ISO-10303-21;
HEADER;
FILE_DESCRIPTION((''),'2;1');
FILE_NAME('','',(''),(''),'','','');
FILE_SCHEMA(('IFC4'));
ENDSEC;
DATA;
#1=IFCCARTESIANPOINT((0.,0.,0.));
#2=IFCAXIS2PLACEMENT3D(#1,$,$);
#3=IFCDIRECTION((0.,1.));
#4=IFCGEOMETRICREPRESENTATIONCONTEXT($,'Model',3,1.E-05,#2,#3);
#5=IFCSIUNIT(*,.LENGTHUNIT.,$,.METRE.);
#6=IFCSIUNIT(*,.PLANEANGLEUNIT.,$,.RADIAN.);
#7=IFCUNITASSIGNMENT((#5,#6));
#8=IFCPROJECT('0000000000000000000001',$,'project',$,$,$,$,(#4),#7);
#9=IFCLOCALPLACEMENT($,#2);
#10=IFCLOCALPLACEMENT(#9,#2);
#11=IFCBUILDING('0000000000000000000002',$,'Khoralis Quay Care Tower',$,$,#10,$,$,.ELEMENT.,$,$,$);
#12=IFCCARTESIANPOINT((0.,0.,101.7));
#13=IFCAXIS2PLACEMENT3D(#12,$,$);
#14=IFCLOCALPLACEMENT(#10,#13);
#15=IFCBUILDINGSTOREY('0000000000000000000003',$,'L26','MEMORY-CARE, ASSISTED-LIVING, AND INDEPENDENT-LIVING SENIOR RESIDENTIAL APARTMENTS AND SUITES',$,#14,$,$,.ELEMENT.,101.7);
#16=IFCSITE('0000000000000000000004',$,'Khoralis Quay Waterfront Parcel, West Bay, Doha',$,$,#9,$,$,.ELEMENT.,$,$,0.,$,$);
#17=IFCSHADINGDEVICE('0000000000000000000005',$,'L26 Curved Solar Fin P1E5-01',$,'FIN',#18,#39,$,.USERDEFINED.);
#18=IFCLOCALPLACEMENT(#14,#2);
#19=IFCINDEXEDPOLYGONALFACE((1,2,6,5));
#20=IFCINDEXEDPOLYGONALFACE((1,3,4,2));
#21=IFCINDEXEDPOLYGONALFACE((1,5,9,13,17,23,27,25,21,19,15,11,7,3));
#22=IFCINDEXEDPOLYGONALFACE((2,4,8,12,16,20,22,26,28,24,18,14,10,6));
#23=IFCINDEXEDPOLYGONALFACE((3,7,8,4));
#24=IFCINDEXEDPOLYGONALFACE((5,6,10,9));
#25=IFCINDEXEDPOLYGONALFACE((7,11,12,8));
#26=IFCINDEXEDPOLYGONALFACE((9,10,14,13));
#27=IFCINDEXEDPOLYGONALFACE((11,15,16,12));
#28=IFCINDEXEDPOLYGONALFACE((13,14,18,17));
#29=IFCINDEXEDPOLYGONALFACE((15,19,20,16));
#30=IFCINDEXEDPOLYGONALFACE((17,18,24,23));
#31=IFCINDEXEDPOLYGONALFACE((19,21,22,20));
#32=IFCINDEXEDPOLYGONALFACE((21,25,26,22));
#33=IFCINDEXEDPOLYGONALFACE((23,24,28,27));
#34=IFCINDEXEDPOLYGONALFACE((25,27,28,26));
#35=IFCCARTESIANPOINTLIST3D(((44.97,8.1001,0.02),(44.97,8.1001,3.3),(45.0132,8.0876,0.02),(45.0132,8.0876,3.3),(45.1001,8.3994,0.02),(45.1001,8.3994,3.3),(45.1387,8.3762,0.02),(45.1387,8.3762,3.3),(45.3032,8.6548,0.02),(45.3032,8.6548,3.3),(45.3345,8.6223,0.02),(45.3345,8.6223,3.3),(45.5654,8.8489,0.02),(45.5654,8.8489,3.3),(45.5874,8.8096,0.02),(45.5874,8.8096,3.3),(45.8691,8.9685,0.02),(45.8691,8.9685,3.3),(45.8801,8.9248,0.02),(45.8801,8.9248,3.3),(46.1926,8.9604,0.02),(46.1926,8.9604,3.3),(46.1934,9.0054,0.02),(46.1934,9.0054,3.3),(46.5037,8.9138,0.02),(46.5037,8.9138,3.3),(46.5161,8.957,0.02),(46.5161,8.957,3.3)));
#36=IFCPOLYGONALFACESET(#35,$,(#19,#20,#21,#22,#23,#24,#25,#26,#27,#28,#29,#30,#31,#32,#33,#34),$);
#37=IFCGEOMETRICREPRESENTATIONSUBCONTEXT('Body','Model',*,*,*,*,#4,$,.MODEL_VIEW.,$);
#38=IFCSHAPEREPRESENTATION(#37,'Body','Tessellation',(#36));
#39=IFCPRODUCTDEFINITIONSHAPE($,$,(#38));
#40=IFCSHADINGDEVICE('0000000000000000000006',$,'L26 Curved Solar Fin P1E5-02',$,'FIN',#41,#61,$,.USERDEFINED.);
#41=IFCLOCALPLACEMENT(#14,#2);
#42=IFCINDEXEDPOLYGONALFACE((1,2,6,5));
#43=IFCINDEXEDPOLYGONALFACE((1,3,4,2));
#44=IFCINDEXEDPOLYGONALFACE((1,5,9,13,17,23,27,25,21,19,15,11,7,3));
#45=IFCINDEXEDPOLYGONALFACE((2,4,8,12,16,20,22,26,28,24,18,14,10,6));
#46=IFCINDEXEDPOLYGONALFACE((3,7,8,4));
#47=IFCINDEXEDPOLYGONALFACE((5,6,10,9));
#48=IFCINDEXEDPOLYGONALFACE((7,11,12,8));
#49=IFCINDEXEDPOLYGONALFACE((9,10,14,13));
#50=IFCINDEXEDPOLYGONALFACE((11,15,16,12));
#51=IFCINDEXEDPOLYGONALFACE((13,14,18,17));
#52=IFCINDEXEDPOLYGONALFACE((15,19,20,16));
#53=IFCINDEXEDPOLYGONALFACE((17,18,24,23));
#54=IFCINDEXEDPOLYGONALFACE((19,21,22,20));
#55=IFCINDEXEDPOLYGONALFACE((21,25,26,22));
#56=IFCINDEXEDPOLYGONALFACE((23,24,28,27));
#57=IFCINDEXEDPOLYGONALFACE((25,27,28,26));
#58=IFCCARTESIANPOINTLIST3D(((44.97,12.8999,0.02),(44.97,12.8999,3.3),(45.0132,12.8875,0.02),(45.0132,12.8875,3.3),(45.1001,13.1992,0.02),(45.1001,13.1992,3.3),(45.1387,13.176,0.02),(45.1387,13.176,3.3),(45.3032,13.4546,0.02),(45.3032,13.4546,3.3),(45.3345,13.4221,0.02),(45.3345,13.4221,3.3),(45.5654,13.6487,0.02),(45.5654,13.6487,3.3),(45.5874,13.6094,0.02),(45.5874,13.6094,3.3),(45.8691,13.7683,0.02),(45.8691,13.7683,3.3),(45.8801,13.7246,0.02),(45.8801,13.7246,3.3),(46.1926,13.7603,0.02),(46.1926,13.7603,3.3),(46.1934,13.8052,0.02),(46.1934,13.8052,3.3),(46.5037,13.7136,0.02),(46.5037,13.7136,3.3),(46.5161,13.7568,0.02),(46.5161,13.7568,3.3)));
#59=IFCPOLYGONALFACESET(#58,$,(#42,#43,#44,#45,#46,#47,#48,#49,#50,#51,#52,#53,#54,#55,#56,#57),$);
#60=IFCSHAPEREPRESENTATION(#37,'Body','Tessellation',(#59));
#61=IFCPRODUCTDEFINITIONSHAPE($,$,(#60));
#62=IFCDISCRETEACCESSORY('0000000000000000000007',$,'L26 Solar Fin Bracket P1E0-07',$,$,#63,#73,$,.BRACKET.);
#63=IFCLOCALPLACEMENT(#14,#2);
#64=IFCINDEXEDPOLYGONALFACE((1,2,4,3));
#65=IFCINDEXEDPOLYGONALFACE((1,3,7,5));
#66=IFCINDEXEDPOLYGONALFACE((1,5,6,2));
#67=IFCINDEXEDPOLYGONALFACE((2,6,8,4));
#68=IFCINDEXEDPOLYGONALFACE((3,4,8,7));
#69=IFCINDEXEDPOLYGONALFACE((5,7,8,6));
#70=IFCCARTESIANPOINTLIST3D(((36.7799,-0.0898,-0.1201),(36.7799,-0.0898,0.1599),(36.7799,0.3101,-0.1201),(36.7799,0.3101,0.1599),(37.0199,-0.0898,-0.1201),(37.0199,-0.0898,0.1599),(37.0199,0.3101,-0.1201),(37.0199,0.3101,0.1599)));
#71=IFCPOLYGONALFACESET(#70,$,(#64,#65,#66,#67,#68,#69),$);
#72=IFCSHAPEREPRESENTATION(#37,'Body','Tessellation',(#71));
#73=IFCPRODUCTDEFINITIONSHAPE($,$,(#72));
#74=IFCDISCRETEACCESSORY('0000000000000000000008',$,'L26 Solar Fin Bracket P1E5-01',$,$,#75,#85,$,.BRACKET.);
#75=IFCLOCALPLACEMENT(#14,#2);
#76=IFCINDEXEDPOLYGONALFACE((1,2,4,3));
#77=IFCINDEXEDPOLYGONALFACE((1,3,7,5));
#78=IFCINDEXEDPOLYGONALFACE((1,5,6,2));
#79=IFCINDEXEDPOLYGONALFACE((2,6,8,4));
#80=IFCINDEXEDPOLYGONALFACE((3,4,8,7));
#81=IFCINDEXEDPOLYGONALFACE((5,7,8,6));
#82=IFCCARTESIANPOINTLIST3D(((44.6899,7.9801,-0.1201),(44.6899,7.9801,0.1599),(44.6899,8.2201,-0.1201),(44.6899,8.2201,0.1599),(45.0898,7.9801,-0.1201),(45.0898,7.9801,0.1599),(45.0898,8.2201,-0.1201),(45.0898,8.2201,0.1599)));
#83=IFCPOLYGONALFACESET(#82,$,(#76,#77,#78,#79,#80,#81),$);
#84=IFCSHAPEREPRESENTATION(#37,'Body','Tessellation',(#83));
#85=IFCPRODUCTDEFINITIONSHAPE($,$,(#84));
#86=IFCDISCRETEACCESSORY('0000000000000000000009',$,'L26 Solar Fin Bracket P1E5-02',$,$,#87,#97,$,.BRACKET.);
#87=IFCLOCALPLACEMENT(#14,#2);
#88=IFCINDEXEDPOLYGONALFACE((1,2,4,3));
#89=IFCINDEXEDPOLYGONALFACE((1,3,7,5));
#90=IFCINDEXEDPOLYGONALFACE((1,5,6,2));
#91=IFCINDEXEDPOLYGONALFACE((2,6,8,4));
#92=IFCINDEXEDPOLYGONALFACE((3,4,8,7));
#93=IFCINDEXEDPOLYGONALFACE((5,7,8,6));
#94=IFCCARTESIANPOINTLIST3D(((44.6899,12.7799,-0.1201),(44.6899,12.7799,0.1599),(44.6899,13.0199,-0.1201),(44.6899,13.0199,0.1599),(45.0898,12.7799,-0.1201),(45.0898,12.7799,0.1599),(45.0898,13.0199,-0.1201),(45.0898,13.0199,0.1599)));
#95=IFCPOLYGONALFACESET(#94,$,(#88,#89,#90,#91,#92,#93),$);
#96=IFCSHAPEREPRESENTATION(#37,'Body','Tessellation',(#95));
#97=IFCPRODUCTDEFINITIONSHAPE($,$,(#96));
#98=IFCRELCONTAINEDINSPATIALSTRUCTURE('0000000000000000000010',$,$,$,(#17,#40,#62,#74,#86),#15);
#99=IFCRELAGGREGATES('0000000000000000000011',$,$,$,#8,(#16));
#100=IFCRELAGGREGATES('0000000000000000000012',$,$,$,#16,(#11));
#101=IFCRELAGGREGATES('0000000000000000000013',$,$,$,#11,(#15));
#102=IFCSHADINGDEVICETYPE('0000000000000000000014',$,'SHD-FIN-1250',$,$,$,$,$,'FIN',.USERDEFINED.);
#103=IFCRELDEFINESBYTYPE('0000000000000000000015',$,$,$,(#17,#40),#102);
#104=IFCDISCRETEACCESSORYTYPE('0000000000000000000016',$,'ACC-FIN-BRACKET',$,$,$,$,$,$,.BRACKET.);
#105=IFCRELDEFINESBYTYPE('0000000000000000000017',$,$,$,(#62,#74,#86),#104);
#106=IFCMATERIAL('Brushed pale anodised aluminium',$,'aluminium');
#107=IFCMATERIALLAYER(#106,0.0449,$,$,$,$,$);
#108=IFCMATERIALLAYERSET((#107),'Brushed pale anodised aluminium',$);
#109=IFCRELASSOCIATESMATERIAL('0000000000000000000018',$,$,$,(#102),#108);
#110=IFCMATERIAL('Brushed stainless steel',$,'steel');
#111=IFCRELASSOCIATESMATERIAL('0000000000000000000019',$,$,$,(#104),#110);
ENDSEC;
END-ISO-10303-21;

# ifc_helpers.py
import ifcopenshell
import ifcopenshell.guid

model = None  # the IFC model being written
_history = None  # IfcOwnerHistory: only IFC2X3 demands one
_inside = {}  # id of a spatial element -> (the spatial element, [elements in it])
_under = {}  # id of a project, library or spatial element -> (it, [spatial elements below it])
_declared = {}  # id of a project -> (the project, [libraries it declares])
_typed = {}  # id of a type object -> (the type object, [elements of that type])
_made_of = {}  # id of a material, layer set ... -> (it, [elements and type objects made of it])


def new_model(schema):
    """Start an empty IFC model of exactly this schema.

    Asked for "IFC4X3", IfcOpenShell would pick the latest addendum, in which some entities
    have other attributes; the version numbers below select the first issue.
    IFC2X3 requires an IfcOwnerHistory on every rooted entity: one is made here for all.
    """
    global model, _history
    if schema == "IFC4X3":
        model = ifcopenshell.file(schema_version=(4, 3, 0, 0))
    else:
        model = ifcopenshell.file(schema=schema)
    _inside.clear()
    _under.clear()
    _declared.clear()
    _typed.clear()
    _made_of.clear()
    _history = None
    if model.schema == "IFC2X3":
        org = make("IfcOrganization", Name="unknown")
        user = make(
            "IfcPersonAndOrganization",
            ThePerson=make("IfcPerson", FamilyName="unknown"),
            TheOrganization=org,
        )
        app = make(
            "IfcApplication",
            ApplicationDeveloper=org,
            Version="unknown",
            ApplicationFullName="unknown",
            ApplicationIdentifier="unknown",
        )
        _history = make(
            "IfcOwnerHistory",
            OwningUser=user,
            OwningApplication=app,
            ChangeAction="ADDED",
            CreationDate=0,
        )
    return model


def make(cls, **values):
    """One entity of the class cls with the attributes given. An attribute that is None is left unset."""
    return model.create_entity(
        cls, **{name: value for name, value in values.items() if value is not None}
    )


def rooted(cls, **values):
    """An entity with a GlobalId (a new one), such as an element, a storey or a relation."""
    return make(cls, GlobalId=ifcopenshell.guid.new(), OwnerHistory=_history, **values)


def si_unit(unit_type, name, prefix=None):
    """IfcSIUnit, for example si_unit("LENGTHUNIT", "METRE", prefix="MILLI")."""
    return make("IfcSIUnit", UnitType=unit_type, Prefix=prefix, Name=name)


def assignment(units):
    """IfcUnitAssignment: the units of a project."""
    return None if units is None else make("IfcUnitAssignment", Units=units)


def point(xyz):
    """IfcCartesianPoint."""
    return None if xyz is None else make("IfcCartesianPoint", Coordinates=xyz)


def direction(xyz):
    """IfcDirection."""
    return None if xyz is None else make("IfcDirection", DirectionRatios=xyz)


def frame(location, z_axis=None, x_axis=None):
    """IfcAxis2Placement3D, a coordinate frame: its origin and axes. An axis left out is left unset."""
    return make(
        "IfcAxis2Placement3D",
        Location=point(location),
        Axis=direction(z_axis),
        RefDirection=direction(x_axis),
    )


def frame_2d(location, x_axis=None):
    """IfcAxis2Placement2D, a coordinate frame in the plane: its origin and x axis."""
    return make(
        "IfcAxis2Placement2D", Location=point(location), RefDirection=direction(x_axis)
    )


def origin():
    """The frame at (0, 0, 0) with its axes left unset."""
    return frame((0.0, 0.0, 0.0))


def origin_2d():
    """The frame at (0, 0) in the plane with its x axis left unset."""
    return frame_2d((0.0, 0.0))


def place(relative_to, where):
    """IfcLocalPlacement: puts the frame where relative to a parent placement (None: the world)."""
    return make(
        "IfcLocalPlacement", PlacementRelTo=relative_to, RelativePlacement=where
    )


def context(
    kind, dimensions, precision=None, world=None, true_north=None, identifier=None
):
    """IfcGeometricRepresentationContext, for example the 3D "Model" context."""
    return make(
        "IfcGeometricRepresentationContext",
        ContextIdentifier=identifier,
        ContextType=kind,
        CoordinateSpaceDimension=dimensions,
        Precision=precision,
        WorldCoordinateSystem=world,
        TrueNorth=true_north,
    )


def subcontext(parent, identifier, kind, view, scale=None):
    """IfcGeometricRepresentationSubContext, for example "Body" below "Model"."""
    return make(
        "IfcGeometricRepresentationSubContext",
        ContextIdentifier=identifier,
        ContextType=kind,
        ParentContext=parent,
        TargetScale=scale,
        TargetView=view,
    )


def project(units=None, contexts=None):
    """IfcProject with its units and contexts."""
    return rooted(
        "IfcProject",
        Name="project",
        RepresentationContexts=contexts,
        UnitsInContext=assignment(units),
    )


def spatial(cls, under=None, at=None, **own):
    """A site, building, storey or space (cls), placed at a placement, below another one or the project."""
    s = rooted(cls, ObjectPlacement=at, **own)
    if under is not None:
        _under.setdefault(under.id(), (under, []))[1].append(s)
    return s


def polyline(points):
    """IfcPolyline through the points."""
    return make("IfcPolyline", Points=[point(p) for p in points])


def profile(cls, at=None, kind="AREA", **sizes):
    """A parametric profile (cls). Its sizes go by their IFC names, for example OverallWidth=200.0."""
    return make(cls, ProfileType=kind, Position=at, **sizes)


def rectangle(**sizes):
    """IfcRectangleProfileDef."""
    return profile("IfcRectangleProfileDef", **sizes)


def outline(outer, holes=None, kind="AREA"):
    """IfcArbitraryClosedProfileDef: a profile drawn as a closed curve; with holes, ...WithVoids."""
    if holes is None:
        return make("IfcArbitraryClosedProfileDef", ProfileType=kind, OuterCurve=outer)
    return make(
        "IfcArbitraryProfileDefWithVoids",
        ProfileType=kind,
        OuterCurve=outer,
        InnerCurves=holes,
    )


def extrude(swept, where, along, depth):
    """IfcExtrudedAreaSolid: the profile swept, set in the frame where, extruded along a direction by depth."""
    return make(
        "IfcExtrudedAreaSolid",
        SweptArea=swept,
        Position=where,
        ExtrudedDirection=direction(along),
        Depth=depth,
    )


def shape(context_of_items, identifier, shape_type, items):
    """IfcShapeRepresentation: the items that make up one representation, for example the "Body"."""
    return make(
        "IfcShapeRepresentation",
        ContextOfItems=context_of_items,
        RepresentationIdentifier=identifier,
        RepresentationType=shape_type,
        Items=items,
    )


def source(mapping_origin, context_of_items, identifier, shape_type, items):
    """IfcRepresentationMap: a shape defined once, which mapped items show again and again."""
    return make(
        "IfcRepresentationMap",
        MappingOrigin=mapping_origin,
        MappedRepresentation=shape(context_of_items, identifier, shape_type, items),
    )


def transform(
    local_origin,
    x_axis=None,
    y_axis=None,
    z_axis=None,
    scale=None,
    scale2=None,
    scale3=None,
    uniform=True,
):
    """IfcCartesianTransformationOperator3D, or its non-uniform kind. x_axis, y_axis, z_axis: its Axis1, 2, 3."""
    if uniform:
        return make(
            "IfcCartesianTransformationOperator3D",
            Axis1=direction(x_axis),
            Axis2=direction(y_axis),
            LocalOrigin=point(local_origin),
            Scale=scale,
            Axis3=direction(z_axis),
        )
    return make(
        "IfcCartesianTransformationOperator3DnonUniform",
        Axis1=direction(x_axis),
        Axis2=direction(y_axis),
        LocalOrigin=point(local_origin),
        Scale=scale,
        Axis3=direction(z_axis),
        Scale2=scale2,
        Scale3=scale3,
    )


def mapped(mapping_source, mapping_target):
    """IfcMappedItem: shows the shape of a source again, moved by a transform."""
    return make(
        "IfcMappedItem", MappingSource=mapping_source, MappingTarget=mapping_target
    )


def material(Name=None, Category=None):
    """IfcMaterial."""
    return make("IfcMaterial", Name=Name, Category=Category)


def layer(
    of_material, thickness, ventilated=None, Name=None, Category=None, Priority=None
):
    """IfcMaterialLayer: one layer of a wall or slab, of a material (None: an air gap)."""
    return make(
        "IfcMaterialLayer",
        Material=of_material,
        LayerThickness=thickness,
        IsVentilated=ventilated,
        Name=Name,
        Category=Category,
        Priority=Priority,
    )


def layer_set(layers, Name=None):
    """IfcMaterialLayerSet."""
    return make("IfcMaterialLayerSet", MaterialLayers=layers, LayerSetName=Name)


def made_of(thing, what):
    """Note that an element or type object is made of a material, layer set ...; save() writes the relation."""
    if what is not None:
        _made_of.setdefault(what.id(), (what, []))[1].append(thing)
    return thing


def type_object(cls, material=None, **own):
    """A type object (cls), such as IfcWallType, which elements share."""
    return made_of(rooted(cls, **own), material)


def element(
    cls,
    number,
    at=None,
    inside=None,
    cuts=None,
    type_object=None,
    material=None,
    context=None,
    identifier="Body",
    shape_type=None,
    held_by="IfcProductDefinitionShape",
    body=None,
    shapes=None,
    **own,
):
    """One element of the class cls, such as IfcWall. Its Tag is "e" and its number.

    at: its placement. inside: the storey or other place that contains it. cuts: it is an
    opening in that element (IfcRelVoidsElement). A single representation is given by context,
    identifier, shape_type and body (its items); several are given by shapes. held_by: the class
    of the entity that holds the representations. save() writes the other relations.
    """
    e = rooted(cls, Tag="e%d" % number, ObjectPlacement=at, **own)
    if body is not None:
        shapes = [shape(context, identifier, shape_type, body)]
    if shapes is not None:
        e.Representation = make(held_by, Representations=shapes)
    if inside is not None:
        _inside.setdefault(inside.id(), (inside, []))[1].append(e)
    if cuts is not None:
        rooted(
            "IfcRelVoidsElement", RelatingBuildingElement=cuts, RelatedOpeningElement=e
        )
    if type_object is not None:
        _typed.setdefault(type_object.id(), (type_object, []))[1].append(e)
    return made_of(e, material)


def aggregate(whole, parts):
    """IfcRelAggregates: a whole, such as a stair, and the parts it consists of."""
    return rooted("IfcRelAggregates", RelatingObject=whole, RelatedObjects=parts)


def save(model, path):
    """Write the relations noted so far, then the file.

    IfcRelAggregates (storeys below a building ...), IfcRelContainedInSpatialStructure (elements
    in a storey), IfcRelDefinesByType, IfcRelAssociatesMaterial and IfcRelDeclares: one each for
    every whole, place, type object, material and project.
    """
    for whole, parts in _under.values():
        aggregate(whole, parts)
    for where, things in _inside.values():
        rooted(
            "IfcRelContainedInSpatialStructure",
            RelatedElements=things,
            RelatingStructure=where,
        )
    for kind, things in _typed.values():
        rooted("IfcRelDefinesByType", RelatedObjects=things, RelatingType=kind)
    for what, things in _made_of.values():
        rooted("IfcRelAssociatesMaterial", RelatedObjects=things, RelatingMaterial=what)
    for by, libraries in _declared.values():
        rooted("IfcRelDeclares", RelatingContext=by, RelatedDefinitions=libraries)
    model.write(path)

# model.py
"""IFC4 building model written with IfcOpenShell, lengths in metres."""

from ifc_helpers import new_model, si_unit, direction, frame, origin, origin_2d, place, context, subcontext, project, spatial, polyline, rectangle, outline, extrude, source, transform, mapped, material, layer, layer_set, type_object, element, save


model = new_model("IFC4")

# Units and contexts
model_context = context("Model", 3, precision=1e-05, world=origin(), true_north=direction((0.0, 1.0)))
body_context = subcontext(model_context, "Body", "Model", "MODEL_VIEW")
ifc_project = project(units=[si_unit("LENGTHUNIT", "METRE"), si_unit("PLANEANGLEUNIT", "RADIAN")], contexts=[model_context])

# Site, building, storey
site_placement = place(None, origin())
site = spatial("IfcSite", under=ifc_project, at=site_placement, Name="Khoralis Quay Waterfront Parcel, West Bay, Doha", CompositionType="ELEMENT", RefElevation=0.0)
building_placement = place(site_placement, origin())
building = spatial("IfcBuilding", under=site, at=building_placement, Name="Khoralis Quay Care Tower", CompositionType="ELEMENT")
storey_placement = place(building_placement, frame((0.0, 0.0, 101.7)))
storey = spatial("IfcBuildingStorey", under=building, at=storey_placement, Name="L26", Description="MEMORY-CARE, ASSISTED-LIVING, AND INDEPENDENT-LIVING SENIOR RESIDENTIAL APARTMENTS AND SUITES", CompositionType="ELEMENT", Elevation=101.7)

# Shading devices
ifc_material_1 = material(Name="Brushed pale anodised aluminium", Category="aluminium")
ifc_layer_1 = layer(ifc_material_1, 0.0449)
ifc_layer_set_1 = layer_set([ifc_layer_1], Name="Brushed pale anodised aluminium")
shading_device_type = type_object("IfcShadingDeviceType", Name="SHD-FIN-1250", ElementType="FIN", PredefinedType="USERDEFINED", material=ifc_layer_set_1)
shared_shape_1 = source(origin(), body_context, "Body", "SweptSolid", [
    extrude(outline(polyline([(0.0, 0.0), (0.1301, 0.2993), (0.3333, 0.5547), (0.5955, 0.7488), (0.8992, 0.8684), (1.2234, 0.9053), (1.5461, 0.8569), (1.5337, 0.8137), (1.2227, 0.8604), (0.9102, 0.8247), (0.6174, 0.7095), (0.3645, 0.5222), (0.1687, 0.2761), (0.0432, -0.0125), (0.0, 0.0)])), origin(), (0.0, 0.0, 1.0), 3.28),
])
for number, where, z_axis, x_axis, name in (
    (1, (44.97, 8.1001, 0.02), (0.0, 0.0, 1.0), (1.0, 0.0, 0.0), "L26 Curved Solar Fin P1E5-01"),
    (2, (44.97, 12.8999, 0.02), (0.0, 0.0, 1.0), (1.0, 0.0, 0.0), "L26 Curved Solar Fin P1E5-02"),
):
    element("IfcShadingDevice", number, at=place(storey_placement, frame(where, z_axis=z_axis, x_axis=x_axis)), inside=storey, type_object=shading_device_type, Name=name, ObjectType="FIN", PredefinedType="USERDEFINED", context=body_context, shape_type="MappedRepresentation", body=[
        mapped(shared_shape_1, transform((0.0, 0.0, 0.0), scale=1.0)),
    ])

# Discrete accessories
ifc_material_2 = material(Name="Brushed stainless steel", Category="steel")
discrete_accessory_type = type_object("IfcDiscreteAccessoryType", Name="ACC-FIN-BRACKET", PredefinedType="BRACKET", material=ifc_material_2)
shared_shape_2 = source(origin(), body_context, "Body", "SweptSolid", [
    extrude(rectangle(XDim=0.3999, YDim=0.24, at=origin_2d()), origin(), (0.0, 0.0, 1.0), 0.28),
])
for number, where, z_axis, x_axis, name in (
    (3, (36.8999, 0.1101, -0.1201), (0.0, 0.0, 1.0), (0.0, -1.0, 0.0), "L26 Solar Fin Bracket P1E0-07"),
    (4, (44.8899, 8.1001, -0.1201), (0.0, 0.0, 1.0), (1.0, 0.0, 0.0), "L26 Solar Fin Bracket P1E5-01"),
    (5, (44.8899, 12.8999, -0.1201), (0.0, 0.0, 1.0), (1.0, 0.0, 0.0), "L26 Solar Fin Bracket P1E5-02"),
):
    element("IfcDiscreteAccessory", number, at=place(storey_placement, frame(where, z_axis=z_axis, x_axis=x_axis)), inside=storey, type_object=discrete_accessory_type, Name=name, PredefinedType="BRACKET", context=body_context, shape_type="MappedRepresentation", body=[
        mapped(shared_shape_2, transform((0.0, 0.0, 0.0), scale=1.0)),
    ])

save(model, "model.ifc")
